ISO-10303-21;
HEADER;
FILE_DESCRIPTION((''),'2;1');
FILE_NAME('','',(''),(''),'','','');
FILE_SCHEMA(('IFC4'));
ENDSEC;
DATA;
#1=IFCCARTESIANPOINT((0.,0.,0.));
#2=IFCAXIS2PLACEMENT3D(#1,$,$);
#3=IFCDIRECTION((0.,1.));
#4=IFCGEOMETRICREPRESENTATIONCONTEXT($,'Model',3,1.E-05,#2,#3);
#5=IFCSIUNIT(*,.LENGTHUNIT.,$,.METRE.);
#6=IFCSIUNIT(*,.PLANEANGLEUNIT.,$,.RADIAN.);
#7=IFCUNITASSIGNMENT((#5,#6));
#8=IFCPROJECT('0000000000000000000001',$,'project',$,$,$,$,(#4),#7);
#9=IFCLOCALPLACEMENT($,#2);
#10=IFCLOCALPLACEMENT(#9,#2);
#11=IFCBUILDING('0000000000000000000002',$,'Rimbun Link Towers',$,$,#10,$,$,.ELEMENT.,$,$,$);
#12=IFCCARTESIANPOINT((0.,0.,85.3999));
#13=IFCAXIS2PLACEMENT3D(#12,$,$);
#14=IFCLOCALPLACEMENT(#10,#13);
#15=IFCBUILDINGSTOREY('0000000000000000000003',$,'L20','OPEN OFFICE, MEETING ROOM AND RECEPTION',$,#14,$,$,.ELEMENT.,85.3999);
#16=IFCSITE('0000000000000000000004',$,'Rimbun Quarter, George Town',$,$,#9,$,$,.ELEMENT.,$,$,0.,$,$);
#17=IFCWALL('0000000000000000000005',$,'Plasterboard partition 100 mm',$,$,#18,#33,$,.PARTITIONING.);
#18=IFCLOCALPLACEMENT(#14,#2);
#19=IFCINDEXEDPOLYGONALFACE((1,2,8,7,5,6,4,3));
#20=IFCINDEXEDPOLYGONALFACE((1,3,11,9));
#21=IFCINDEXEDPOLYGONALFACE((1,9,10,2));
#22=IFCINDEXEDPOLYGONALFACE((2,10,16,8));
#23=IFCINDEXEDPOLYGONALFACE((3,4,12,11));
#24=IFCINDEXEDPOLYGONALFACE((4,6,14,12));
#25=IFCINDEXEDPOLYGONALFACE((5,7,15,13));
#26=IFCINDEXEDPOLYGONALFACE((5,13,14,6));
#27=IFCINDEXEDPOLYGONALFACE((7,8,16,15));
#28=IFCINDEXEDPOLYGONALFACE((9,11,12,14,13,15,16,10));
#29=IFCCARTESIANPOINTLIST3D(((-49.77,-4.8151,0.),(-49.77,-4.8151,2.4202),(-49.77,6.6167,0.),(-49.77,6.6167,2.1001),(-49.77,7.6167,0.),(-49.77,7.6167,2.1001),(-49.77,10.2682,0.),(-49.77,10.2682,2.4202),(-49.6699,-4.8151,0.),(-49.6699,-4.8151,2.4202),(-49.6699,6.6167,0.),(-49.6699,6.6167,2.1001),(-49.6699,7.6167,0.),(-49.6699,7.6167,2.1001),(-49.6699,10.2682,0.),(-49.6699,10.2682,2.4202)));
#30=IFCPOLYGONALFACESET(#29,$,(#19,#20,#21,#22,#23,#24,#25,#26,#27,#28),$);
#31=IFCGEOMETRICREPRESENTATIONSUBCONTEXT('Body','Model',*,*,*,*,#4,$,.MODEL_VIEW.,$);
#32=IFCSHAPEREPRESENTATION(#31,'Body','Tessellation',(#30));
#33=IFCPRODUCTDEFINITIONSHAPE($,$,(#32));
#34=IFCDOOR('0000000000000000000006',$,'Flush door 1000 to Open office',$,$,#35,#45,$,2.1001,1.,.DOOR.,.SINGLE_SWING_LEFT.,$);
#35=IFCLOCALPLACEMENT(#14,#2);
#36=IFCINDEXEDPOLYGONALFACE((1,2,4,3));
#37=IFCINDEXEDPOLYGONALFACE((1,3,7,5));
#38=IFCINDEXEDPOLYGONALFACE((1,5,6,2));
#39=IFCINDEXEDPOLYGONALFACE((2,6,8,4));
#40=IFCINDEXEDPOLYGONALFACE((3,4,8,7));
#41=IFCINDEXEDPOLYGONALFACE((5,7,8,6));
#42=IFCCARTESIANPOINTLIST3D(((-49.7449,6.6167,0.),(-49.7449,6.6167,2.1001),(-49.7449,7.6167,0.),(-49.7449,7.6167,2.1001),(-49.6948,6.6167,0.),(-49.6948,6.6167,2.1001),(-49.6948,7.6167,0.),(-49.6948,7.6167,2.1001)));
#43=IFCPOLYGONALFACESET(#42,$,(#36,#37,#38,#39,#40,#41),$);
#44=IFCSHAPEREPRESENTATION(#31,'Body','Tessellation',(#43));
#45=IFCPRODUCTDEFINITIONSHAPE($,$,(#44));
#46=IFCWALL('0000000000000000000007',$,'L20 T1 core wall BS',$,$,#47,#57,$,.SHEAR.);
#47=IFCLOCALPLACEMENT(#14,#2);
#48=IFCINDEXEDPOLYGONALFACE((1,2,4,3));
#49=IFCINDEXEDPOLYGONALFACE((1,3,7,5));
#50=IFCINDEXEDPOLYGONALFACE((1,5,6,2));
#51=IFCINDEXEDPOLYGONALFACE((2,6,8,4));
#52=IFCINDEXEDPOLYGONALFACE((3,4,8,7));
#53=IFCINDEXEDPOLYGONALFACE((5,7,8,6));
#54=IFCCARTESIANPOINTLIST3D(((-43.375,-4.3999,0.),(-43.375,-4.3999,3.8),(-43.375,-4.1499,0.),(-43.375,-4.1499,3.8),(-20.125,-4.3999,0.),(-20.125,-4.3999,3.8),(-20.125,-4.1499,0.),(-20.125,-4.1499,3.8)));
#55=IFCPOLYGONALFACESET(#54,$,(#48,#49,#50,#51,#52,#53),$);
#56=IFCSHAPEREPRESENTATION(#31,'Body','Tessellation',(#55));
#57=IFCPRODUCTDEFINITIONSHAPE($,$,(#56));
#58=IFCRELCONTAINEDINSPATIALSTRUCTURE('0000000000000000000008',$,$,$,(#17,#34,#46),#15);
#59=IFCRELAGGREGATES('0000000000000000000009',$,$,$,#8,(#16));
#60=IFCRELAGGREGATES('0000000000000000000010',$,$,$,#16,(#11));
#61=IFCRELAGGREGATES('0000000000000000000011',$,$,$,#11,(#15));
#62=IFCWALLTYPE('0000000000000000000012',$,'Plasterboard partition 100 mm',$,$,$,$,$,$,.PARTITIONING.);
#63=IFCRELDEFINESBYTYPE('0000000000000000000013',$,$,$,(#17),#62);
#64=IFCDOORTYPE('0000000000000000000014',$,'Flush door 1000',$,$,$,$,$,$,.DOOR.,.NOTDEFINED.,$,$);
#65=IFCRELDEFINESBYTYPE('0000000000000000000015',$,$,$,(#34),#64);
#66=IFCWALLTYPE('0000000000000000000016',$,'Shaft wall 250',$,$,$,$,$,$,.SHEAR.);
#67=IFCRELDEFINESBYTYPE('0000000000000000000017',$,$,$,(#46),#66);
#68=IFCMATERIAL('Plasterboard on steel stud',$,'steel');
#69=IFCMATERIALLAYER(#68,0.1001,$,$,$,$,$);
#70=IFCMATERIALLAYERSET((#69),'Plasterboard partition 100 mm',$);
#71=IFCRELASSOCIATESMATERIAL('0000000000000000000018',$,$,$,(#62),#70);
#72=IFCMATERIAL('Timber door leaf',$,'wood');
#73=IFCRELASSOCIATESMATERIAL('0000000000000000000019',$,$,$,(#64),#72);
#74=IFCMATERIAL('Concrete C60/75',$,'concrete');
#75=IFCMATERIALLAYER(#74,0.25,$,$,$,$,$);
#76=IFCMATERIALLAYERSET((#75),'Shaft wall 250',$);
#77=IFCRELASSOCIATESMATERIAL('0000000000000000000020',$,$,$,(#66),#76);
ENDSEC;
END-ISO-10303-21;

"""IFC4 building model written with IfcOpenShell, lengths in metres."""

from ifc_helpers import new_model, si_unit, direction, frame, frame_2d, origin, place, context, subcontext, project, spatial, rectangle, extrude, material, layer, layer_set, type_object, element, fill, save


model = new_model("IFC4")

# Units and contexts
model_context = context("Model", 3, precision=1e-05, world=origin(), true_north=direction((0.0, 1.0)))
body_context = subcontext(model_context, "Body", "Model", "MODEL_VIEW")
ifc_project = project(units=[si_unit("LENGTHUNIT", "METRE"), si_unit("PLANEANGLEUNIT", "RADIAN")], contexts=[model_context])

# Site, building, storey
site_placement = place(None, origin())
site = spatial("IfcSite", under=ifc_project, at=site_placement, Name="Rimbun Quarter, George Town", CompositionType="ELEMENT", RefElevation=0.0)
building_placement = place(site_placement, origin())
building = spatial("IfcBuilding", under=site, at=building_placement, Name="Rimbun Link Towers", CompositionType="ELEMENT")
storey_placement = place(building_placement, frame((0.0, 0.0, 85.3999)))
storey = spatial("IfcBuildingStorey", under=building, at=storey_placement, Name="L20", Description="OPEN OFFICE, MEETING ROOM AND RECEPTION", CompositionType="ELEMENT", Elevation=85.3999)

# Wall, opening, door
ifc_material_1 = material(Name="Plasterboard on steel stud", Category="steel")
ifc_layer_1 = layer(ifc_material_1, 0.1001)
ifc_layer_set_1 = layer_set([ifc_layer_1], Name="Plasterboard partition 100 mm")
wall_type_1 = type_object("IfcWallType", Name="Plasterboard partition 100 mm", PredefinedType="PARTITIONING", material=ifc_layer_set_1)
wall_1_placement = place(storey_placement, frame((-49.72, -4.8149, 0.0), z_axis=(0.0, 0.0, 1.0), x_axis=(0.0, 1.0, 0.0)))
wall_1 = element("IfcWall", 1, at=wall_1_placement, inside=storey, type_object=wall_type_1, Name="Plasterboard partition 100 mm", PredefinedType="PARTITIONING", context=body_context, shape_type="SweptSolid", body=[
    extrude(rectangle(XDim=15.0833, YDim=0.1001, at=frame_2d((7.5415, 0.0))), origin(), (0.0, 0.0, 1.0), 2.4202),
])
opening_1_placement = place(wall_1_placement, frame((11.4316, 0.0, 0.0)))
opening_1 = element("IfcOpeningElement", 2, at=opening_1_placement, cuts=wall_1, PredefinedType="OPENING", context=body_context, shape_type="SweptSolid", body=[
    extrude(rectangle(XDim=1.0, YDim=2.1001, at=frame_2d((0.5, 1.05))), frame((0.0, 0.0601, 0.0), z_axis=(0.0, -1.0, 0.0), x_axis=(1.0, 0.0, 0.0)), (0.0, 0.0, 1.0), 0.1201),
])
ifc_material_2 = material(Name="Timber door leaf", Category="wood")
door_type_1 = type_object("IfcDoorType", Name="Flush door 1000", OperationType="NOTDEFINED", PredefinedType="DOOR", material=ifc_material_2)
door_1_placement = place(opening_1_placement, origin())
door_1 = element("IfcDoor", 3, at=door_1_placement, inside=storey, type_object=door_type_1, Name="Flush door 1000 to Open office", OperationType="SINGLE_SWING_LEFT", OverallHeight=2.1001, OverallWidth=1.0, PredefinedType="DOOR", context=body_context, shape_type="SweptSolid", body=[
    extrude(rectangle(XDim=1.0, YDim=2.1001, at=frame_2d((0.5, 1.05))), frame((0.0, 0.0249, 0.0), z_axis=(0.0, -1.0, 0.0), x_axis=(1.0, 0.0, 0.0)), (0.0, 0.0, 1.0), 0.05),
])
fill(opening_1, door_1)

# Wall
ifc_material_3 = material(Name="Concrete C60/75", Category="concrete")
ifc_layer_2 = layer(ifc_material_3, 0.25)
ifc_layer_set_2 = layer_set([ifc_layer_2], Name="Shaft wall 250")
wall_type_2 = type_object("IfcWallType", Name="Shaft wall 250", PredefinedType="SHEAR", material=ifc_layer_set_2)
wall_2_placement = place(storey_placement, frame((-43.375, -4.2749, 0.0), z_axis=(0.0, 0.0, 1.0), x_axis=(1.0, 0.0, 0.0)))
element("IfcWall", 4, at=wall_2_placement, inside=storey, type_object=wall_type_2, Name="L20 T1 core wall BS", PredefinedType="SHEAR", context=body_context, shape_type="SweptSolid", body=[
    extrude(rectangle(XDim=23.25, YDim=0.25, at=frame_2d((11.625, 0.0))), origin(), (0.0, 0.0, 1.0), 3.8),
])

save(model, "model.ifc")
